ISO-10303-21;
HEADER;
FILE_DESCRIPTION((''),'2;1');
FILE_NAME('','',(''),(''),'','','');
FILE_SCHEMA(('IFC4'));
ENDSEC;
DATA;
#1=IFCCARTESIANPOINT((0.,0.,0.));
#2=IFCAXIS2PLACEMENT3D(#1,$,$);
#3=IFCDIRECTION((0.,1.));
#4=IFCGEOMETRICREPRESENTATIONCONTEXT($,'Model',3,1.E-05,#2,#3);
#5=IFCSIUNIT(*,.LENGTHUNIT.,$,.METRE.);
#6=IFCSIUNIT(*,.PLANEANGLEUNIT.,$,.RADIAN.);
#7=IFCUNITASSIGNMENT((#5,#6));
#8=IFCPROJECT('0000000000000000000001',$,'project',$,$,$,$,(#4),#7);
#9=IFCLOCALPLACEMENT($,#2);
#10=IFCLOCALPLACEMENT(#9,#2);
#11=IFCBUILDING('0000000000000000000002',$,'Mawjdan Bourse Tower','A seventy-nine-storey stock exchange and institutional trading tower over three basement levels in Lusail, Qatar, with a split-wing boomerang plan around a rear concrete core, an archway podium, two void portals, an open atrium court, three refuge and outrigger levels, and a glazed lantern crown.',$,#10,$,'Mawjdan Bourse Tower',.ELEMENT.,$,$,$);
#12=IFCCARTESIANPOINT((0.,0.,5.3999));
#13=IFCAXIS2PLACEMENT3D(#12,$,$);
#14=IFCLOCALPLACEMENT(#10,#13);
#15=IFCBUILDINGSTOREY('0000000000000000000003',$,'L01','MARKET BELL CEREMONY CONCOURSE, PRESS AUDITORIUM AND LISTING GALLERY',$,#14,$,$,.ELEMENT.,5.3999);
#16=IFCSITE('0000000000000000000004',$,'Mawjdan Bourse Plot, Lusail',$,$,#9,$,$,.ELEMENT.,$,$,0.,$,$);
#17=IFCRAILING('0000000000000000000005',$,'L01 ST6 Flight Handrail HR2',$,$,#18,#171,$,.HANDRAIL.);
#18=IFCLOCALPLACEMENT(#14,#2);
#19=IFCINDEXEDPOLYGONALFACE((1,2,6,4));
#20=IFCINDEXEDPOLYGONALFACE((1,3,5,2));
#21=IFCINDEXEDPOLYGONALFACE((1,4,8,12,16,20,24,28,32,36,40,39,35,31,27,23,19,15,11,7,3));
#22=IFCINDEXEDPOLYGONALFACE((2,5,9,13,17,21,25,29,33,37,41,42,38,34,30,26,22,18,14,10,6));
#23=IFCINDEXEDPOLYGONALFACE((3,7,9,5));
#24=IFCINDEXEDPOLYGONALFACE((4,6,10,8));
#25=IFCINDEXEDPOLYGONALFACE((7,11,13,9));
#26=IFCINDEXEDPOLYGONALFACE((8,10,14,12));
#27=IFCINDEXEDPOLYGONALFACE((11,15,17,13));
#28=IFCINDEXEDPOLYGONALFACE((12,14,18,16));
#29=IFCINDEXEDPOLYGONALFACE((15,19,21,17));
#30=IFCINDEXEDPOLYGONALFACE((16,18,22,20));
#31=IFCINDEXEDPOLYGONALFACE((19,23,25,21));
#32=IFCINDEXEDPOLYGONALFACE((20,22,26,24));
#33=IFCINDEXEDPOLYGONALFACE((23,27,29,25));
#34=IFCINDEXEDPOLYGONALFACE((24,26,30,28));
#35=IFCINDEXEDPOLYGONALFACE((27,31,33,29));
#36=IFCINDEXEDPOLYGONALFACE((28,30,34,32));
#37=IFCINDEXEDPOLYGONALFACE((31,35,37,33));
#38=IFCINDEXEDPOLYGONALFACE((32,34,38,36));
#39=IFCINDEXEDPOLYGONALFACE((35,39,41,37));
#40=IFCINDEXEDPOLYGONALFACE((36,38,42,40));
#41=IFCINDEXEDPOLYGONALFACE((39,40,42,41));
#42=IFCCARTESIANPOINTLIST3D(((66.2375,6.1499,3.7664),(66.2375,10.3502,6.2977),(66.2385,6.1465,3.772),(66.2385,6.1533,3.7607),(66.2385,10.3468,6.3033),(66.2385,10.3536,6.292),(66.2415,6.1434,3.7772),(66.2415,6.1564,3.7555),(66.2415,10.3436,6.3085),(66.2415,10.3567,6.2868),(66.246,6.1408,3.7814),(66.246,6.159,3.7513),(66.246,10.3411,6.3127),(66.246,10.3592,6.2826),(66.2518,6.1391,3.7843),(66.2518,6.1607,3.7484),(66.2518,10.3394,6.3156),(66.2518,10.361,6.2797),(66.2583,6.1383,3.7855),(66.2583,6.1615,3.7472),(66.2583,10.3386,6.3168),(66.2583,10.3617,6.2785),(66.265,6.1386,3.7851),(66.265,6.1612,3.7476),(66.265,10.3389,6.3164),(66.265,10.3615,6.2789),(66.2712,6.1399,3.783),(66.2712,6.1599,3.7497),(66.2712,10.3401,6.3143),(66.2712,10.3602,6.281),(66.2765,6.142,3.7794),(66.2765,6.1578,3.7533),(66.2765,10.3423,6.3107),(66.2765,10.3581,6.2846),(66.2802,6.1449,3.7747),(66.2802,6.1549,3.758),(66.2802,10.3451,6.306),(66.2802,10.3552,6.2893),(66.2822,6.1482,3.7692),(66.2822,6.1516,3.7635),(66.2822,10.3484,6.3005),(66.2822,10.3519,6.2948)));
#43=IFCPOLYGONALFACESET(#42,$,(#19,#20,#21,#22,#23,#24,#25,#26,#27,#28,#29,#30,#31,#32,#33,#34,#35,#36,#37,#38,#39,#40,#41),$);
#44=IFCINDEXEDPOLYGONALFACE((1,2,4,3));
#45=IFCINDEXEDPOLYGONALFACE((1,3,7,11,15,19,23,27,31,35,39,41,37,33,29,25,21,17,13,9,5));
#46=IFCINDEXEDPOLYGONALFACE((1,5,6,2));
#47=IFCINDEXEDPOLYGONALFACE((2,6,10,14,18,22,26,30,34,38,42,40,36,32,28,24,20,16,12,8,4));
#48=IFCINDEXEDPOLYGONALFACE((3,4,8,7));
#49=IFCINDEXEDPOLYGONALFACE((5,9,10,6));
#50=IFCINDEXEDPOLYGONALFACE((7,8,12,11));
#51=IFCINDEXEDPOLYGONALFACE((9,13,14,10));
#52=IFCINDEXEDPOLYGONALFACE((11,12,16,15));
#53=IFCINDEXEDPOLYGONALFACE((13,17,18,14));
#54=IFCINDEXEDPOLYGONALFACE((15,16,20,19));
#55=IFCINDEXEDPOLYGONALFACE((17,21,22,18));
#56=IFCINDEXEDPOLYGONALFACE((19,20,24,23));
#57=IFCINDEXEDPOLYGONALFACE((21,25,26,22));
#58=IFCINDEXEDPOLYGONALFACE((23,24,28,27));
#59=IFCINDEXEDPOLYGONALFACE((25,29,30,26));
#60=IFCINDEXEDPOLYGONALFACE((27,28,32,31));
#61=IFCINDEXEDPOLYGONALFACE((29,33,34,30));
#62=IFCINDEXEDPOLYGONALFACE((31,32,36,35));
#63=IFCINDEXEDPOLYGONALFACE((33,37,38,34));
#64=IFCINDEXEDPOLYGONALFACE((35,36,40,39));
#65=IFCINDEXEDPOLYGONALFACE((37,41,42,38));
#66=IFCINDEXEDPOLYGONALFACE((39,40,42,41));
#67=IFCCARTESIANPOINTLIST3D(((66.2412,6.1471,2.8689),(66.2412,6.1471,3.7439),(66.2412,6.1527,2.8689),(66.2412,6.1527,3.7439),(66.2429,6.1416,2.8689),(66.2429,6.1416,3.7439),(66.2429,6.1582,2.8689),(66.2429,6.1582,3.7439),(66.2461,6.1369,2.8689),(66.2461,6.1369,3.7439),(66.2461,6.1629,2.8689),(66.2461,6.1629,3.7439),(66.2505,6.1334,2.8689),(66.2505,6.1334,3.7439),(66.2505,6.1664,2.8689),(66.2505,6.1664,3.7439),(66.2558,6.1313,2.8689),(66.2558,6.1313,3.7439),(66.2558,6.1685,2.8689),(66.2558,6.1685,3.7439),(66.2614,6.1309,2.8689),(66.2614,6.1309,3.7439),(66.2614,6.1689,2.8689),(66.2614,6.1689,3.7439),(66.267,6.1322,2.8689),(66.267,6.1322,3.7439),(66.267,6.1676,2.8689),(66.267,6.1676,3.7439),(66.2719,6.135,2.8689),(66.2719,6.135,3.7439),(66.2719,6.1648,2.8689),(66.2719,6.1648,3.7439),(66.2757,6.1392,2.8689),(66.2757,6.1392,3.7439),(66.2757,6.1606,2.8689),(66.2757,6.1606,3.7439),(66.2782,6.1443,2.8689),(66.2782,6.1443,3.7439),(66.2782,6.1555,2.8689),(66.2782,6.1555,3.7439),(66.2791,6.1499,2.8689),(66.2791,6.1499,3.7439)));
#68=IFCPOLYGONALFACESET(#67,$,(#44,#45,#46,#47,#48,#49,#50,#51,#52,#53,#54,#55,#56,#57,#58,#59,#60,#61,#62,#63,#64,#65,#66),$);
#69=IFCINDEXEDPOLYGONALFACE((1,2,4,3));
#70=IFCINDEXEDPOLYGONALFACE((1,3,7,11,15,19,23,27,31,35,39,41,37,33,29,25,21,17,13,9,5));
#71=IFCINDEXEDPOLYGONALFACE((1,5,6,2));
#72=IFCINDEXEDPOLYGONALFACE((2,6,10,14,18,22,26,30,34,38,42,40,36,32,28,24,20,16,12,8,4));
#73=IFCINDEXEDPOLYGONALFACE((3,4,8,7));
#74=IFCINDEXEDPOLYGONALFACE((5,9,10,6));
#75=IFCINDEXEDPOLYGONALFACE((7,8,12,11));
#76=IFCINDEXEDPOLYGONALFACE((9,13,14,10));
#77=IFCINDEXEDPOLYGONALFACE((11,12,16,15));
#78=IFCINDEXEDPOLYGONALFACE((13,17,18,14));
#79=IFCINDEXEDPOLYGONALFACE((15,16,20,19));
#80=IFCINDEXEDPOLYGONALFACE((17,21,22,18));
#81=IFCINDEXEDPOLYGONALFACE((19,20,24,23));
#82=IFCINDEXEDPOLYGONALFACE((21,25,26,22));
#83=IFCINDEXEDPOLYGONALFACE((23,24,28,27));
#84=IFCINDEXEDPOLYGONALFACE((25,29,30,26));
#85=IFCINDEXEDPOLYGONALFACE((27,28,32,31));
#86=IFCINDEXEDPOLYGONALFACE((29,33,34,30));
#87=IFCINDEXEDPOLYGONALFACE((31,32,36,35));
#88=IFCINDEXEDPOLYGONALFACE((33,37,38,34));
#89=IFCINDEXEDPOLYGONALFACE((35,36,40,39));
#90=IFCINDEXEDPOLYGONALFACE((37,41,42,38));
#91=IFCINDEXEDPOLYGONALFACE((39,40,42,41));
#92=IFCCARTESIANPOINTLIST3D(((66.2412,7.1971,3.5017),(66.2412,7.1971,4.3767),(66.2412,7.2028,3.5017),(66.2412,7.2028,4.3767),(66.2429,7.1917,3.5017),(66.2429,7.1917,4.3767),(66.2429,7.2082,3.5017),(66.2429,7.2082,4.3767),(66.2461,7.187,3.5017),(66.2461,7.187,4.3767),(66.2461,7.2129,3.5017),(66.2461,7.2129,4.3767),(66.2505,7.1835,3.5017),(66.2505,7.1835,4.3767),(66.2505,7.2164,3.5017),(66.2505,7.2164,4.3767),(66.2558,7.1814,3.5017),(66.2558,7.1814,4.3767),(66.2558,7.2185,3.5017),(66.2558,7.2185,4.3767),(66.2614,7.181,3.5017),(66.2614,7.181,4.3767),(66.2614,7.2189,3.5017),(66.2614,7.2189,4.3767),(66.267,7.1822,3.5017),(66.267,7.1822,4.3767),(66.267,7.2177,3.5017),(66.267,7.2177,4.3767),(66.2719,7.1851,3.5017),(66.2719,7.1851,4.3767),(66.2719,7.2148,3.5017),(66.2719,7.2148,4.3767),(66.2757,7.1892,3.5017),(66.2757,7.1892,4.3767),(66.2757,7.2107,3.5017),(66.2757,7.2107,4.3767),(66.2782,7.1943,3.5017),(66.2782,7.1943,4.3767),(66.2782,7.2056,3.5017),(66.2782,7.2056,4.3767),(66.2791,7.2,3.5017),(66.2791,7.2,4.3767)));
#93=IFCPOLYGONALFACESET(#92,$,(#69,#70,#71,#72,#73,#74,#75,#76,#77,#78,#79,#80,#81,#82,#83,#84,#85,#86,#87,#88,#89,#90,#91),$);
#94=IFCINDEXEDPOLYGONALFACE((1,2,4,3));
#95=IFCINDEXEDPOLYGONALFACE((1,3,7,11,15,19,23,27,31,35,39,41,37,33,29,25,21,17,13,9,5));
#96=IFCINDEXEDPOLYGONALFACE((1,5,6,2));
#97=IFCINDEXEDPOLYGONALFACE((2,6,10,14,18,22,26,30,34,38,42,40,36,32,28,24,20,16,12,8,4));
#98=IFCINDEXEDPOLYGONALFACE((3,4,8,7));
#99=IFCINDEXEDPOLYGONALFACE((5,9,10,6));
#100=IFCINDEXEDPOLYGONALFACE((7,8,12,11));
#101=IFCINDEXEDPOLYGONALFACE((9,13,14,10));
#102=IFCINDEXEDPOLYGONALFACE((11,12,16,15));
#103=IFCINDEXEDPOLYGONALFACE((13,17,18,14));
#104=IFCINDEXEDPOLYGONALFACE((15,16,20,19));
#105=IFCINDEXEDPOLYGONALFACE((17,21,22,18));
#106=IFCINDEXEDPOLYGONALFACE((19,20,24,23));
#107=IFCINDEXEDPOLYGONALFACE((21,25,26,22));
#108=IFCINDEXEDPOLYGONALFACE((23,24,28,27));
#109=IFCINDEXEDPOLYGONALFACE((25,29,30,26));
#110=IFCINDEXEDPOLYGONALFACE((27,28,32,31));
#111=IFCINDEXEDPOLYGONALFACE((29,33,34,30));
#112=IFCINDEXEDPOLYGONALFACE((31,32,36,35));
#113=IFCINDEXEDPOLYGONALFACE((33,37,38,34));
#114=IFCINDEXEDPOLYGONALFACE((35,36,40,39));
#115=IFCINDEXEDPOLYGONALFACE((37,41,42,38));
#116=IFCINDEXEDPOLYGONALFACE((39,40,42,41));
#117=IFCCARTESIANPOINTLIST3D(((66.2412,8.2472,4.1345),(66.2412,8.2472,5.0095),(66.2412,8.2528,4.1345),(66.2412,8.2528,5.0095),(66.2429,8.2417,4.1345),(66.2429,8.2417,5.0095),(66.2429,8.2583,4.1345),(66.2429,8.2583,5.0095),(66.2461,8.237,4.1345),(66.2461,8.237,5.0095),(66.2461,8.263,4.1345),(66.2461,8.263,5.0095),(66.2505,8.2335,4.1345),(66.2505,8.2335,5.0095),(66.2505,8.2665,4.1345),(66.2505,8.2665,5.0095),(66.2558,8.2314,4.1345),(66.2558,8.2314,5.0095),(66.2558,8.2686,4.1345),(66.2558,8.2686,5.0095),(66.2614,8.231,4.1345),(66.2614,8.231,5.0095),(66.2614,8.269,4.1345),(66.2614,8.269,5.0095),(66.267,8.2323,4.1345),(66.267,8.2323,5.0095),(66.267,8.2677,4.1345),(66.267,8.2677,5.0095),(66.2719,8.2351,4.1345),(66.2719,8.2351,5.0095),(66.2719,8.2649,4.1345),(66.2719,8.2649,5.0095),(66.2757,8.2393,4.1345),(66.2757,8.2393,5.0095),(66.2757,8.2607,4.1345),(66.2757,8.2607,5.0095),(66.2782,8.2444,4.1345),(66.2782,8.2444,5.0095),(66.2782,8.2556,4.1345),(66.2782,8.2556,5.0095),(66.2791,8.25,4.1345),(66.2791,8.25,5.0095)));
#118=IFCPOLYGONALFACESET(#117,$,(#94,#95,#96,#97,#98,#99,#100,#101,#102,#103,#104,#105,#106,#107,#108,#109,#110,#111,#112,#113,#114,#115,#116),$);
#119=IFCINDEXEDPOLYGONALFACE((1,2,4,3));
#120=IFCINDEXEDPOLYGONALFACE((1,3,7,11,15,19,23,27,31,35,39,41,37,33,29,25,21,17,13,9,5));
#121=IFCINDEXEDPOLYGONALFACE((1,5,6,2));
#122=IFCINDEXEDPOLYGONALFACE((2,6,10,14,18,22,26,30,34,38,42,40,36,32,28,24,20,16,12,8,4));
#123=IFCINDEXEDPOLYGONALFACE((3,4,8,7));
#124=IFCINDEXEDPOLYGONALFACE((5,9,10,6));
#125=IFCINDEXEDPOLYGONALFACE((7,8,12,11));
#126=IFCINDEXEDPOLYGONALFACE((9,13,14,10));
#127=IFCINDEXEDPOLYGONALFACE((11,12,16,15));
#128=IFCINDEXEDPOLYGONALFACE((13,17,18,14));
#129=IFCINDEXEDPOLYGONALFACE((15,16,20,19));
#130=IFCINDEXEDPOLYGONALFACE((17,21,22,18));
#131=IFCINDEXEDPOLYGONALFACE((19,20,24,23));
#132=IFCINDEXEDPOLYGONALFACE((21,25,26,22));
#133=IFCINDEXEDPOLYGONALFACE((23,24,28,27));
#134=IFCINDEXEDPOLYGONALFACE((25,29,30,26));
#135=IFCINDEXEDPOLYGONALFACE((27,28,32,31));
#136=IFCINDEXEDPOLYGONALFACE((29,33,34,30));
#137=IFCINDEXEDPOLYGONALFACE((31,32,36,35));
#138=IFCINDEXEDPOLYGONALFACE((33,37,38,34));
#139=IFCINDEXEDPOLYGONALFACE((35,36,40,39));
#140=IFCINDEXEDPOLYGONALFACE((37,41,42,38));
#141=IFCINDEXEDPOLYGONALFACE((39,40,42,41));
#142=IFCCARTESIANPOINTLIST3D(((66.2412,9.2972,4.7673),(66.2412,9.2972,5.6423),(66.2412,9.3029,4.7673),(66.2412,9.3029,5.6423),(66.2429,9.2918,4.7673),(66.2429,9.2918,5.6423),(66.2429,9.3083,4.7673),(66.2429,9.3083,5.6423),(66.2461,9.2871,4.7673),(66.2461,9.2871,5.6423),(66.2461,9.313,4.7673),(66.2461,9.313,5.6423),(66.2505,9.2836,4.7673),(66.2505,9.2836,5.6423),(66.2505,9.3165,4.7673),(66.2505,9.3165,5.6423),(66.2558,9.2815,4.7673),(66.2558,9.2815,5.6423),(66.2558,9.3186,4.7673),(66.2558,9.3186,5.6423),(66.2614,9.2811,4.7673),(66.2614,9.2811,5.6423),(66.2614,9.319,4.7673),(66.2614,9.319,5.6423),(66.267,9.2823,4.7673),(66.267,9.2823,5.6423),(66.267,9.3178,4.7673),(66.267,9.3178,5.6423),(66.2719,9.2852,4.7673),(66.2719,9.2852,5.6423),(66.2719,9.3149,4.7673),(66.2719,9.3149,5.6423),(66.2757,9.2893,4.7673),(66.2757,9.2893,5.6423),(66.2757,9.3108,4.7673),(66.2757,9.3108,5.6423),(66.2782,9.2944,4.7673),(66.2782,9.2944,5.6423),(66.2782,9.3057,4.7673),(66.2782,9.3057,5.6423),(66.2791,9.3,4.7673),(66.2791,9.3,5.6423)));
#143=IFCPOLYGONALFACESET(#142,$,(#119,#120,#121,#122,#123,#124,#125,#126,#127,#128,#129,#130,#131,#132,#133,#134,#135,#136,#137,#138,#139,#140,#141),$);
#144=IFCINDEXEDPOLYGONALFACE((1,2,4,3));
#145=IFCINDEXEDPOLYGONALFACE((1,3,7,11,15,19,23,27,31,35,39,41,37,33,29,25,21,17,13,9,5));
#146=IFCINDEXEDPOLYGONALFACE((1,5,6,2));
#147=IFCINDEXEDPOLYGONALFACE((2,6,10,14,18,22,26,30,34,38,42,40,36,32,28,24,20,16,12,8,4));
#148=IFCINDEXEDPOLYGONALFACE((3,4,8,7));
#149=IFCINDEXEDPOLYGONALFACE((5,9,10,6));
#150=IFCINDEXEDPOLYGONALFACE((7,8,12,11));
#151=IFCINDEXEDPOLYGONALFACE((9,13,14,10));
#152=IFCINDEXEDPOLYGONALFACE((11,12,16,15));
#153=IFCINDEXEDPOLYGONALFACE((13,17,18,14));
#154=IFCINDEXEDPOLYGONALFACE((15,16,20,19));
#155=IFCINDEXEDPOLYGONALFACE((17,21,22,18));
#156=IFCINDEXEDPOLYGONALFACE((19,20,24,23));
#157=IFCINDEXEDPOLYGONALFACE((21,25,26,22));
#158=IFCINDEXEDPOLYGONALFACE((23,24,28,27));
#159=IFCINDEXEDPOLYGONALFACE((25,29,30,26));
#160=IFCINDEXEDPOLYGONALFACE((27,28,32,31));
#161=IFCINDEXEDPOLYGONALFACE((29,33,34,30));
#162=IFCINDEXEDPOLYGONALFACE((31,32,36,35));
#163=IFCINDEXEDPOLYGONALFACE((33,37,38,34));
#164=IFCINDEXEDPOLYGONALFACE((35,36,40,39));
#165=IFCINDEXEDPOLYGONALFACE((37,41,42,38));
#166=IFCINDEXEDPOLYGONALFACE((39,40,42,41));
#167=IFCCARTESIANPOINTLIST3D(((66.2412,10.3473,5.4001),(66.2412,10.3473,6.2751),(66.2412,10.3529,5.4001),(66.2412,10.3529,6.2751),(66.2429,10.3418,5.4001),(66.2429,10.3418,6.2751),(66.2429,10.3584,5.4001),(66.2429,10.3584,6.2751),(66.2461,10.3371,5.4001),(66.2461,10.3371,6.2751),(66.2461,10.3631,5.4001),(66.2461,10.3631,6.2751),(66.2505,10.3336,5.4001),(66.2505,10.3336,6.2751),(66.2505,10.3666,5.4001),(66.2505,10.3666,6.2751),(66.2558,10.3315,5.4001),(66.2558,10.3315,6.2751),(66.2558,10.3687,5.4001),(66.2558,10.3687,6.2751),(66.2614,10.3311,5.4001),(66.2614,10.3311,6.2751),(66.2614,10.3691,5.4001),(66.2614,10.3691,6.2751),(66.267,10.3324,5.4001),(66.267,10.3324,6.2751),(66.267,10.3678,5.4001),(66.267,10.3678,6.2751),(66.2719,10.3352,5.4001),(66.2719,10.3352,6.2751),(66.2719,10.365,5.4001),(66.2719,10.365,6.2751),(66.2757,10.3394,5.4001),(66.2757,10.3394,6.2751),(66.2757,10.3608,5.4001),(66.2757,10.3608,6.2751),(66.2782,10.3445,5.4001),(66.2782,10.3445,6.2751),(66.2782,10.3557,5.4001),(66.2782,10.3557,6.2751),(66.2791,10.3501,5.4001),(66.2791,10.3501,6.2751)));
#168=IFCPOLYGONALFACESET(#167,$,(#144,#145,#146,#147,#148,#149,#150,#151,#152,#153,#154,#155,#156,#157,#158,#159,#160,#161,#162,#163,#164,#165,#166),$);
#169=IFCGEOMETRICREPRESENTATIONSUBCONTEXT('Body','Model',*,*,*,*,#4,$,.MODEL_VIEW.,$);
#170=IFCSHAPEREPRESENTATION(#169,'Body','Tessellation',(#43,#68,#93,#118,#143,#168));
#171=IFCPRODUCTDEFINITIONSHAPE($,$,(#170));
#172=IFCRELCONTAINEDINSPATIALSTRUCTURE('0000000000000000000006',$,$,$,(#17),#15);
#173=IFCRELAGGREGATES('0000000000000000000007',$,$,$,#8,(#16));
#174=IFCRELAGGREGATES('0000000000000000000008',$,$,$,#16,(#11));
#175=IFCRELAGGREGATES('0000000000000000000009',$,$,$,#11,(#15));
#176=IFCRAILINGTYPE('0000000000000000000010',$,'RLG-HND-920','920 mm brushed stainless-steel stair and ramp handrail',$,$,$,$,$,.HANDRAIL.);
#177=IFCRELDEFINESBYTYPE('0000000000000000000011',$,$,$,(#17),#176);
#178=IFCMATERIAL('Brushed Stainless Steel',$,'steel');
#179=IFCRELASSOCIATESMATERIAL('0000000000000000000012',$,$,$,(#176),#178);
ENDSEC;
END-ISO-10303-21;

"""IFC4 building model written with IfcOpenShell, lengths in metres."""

from ifc_helpers import new_model, si_unit, direction, frame, origin, origin_2d, place, context, subcontext, project, spatial, circle, extrude, material, type_object, element, save


model = new_model("IFC4")

# Units and contexts
model_context = context("Model", 3, precision=1e-05, world=origin(), true_north=direction((0.0, 1.0)))
body_context = subcontext(model_context, "Body", "Model", "MODEL_VIEW")
ifc_project = project(units=[si_unit("LENGTHUNIT", "METRE"), si_unit("PLANEANGLEUNIT", "RADIAN")], contexts=[model_context])

# Site, building, storey
site_placement = place(None, origin())
site = spatial("IfcSite", under=ifc_project, at=site_placement, Name="Mawjdan Bourse Plot, Lusail", CompositionType="ELEMENT", RefElevation=0.0)
building_placement = place(site_placement, origin())
building = spatial("IfcBuilding", under=site, at=building_placement, Name="Mawjdan Bourse Tower", Description="A seventy-nine-storey stock exchange and institutional trading tower over three basement levels in Lusail, Qatar, with a split-wing boomerang plan around a rear concrete core, an archway podium, two void portals, an open atrium court, three refuge and outrigger levels, and a glazed lantern crown.", LongName="Mawjdan Bourse Tower", CompositionType="ELEMENT")
storey_placement = place(building_placement, frame((0.0, 0.0, 5.3999)))
storey = spatial("IfcBuildingStorey", under=building, at=storey_placement, Name="L01", Description="MARKET BELL CEREMONY CONCOURSE, PRESS AUDITORIUM AND LISTING GALLERY", CompositionType="ELEMENT", Elevation=5.3999)

# Railing
ifc_material_1 = material(Name="Brushed Stainless Steel", Category="steel")
railing_type_1 = type_object("IfcRailingType", Name="RLG-HND-920", Description="920 mm brushed stainless-steel stair and ramp handrail", PredefinedType="HANDRAIL", material=ifc_material_1)
railing_1_placement = place(storey_placement, frame((66.26, 6.1499, 2.8689)))
element("IfcRailing", 1, at=railing_1_placement, inside=storey, type_object=railing_type_1, Name="L01 ST6 Flight Handrail HR2", PredefinedType="HANDRAIL", context=body_context, shape_type="SweptSolid", body=[
    extrude(circle(Radius=0.0225, at=origin_2d()), frame((0.0, 0.0, 0.8975), z_axis=(0.0, 0.85649, 0.516164), x_axis=(-1.0, 0.0, 0.0)), (0.0, 0.0, 1.0), 4.9041),
    extrude(circle(Radius=0.019, at=origin_2d()), origin(), (0.0, 0.0, 1.0), 0.875),
    extrude(circle(Radius=0.019, at=origin_2d()), frame((0.0, 1.05, 0.6328)), (0.0, 0.0, 1.0), 0.875),
    extrude(circle(Radius=0.019, at=origin_2d()), frame((0.0, 2.1001, 1.2656)), (0.0, 0.0, 1.0), 0.875),
    extrude(circle(Radius=0.019, at=origin_2d()), frame((0.0, 3.1501, 1.8984)), (0.0, 0.0, 1.0), 0.875),
    extrude(circle(Radius=0.019, at=origin_2d()), frame((0.0, 4.2002, 2.5312)), (0.0, 0.0, 1.0), 0.875),
])

save(model, "model.ifc")
